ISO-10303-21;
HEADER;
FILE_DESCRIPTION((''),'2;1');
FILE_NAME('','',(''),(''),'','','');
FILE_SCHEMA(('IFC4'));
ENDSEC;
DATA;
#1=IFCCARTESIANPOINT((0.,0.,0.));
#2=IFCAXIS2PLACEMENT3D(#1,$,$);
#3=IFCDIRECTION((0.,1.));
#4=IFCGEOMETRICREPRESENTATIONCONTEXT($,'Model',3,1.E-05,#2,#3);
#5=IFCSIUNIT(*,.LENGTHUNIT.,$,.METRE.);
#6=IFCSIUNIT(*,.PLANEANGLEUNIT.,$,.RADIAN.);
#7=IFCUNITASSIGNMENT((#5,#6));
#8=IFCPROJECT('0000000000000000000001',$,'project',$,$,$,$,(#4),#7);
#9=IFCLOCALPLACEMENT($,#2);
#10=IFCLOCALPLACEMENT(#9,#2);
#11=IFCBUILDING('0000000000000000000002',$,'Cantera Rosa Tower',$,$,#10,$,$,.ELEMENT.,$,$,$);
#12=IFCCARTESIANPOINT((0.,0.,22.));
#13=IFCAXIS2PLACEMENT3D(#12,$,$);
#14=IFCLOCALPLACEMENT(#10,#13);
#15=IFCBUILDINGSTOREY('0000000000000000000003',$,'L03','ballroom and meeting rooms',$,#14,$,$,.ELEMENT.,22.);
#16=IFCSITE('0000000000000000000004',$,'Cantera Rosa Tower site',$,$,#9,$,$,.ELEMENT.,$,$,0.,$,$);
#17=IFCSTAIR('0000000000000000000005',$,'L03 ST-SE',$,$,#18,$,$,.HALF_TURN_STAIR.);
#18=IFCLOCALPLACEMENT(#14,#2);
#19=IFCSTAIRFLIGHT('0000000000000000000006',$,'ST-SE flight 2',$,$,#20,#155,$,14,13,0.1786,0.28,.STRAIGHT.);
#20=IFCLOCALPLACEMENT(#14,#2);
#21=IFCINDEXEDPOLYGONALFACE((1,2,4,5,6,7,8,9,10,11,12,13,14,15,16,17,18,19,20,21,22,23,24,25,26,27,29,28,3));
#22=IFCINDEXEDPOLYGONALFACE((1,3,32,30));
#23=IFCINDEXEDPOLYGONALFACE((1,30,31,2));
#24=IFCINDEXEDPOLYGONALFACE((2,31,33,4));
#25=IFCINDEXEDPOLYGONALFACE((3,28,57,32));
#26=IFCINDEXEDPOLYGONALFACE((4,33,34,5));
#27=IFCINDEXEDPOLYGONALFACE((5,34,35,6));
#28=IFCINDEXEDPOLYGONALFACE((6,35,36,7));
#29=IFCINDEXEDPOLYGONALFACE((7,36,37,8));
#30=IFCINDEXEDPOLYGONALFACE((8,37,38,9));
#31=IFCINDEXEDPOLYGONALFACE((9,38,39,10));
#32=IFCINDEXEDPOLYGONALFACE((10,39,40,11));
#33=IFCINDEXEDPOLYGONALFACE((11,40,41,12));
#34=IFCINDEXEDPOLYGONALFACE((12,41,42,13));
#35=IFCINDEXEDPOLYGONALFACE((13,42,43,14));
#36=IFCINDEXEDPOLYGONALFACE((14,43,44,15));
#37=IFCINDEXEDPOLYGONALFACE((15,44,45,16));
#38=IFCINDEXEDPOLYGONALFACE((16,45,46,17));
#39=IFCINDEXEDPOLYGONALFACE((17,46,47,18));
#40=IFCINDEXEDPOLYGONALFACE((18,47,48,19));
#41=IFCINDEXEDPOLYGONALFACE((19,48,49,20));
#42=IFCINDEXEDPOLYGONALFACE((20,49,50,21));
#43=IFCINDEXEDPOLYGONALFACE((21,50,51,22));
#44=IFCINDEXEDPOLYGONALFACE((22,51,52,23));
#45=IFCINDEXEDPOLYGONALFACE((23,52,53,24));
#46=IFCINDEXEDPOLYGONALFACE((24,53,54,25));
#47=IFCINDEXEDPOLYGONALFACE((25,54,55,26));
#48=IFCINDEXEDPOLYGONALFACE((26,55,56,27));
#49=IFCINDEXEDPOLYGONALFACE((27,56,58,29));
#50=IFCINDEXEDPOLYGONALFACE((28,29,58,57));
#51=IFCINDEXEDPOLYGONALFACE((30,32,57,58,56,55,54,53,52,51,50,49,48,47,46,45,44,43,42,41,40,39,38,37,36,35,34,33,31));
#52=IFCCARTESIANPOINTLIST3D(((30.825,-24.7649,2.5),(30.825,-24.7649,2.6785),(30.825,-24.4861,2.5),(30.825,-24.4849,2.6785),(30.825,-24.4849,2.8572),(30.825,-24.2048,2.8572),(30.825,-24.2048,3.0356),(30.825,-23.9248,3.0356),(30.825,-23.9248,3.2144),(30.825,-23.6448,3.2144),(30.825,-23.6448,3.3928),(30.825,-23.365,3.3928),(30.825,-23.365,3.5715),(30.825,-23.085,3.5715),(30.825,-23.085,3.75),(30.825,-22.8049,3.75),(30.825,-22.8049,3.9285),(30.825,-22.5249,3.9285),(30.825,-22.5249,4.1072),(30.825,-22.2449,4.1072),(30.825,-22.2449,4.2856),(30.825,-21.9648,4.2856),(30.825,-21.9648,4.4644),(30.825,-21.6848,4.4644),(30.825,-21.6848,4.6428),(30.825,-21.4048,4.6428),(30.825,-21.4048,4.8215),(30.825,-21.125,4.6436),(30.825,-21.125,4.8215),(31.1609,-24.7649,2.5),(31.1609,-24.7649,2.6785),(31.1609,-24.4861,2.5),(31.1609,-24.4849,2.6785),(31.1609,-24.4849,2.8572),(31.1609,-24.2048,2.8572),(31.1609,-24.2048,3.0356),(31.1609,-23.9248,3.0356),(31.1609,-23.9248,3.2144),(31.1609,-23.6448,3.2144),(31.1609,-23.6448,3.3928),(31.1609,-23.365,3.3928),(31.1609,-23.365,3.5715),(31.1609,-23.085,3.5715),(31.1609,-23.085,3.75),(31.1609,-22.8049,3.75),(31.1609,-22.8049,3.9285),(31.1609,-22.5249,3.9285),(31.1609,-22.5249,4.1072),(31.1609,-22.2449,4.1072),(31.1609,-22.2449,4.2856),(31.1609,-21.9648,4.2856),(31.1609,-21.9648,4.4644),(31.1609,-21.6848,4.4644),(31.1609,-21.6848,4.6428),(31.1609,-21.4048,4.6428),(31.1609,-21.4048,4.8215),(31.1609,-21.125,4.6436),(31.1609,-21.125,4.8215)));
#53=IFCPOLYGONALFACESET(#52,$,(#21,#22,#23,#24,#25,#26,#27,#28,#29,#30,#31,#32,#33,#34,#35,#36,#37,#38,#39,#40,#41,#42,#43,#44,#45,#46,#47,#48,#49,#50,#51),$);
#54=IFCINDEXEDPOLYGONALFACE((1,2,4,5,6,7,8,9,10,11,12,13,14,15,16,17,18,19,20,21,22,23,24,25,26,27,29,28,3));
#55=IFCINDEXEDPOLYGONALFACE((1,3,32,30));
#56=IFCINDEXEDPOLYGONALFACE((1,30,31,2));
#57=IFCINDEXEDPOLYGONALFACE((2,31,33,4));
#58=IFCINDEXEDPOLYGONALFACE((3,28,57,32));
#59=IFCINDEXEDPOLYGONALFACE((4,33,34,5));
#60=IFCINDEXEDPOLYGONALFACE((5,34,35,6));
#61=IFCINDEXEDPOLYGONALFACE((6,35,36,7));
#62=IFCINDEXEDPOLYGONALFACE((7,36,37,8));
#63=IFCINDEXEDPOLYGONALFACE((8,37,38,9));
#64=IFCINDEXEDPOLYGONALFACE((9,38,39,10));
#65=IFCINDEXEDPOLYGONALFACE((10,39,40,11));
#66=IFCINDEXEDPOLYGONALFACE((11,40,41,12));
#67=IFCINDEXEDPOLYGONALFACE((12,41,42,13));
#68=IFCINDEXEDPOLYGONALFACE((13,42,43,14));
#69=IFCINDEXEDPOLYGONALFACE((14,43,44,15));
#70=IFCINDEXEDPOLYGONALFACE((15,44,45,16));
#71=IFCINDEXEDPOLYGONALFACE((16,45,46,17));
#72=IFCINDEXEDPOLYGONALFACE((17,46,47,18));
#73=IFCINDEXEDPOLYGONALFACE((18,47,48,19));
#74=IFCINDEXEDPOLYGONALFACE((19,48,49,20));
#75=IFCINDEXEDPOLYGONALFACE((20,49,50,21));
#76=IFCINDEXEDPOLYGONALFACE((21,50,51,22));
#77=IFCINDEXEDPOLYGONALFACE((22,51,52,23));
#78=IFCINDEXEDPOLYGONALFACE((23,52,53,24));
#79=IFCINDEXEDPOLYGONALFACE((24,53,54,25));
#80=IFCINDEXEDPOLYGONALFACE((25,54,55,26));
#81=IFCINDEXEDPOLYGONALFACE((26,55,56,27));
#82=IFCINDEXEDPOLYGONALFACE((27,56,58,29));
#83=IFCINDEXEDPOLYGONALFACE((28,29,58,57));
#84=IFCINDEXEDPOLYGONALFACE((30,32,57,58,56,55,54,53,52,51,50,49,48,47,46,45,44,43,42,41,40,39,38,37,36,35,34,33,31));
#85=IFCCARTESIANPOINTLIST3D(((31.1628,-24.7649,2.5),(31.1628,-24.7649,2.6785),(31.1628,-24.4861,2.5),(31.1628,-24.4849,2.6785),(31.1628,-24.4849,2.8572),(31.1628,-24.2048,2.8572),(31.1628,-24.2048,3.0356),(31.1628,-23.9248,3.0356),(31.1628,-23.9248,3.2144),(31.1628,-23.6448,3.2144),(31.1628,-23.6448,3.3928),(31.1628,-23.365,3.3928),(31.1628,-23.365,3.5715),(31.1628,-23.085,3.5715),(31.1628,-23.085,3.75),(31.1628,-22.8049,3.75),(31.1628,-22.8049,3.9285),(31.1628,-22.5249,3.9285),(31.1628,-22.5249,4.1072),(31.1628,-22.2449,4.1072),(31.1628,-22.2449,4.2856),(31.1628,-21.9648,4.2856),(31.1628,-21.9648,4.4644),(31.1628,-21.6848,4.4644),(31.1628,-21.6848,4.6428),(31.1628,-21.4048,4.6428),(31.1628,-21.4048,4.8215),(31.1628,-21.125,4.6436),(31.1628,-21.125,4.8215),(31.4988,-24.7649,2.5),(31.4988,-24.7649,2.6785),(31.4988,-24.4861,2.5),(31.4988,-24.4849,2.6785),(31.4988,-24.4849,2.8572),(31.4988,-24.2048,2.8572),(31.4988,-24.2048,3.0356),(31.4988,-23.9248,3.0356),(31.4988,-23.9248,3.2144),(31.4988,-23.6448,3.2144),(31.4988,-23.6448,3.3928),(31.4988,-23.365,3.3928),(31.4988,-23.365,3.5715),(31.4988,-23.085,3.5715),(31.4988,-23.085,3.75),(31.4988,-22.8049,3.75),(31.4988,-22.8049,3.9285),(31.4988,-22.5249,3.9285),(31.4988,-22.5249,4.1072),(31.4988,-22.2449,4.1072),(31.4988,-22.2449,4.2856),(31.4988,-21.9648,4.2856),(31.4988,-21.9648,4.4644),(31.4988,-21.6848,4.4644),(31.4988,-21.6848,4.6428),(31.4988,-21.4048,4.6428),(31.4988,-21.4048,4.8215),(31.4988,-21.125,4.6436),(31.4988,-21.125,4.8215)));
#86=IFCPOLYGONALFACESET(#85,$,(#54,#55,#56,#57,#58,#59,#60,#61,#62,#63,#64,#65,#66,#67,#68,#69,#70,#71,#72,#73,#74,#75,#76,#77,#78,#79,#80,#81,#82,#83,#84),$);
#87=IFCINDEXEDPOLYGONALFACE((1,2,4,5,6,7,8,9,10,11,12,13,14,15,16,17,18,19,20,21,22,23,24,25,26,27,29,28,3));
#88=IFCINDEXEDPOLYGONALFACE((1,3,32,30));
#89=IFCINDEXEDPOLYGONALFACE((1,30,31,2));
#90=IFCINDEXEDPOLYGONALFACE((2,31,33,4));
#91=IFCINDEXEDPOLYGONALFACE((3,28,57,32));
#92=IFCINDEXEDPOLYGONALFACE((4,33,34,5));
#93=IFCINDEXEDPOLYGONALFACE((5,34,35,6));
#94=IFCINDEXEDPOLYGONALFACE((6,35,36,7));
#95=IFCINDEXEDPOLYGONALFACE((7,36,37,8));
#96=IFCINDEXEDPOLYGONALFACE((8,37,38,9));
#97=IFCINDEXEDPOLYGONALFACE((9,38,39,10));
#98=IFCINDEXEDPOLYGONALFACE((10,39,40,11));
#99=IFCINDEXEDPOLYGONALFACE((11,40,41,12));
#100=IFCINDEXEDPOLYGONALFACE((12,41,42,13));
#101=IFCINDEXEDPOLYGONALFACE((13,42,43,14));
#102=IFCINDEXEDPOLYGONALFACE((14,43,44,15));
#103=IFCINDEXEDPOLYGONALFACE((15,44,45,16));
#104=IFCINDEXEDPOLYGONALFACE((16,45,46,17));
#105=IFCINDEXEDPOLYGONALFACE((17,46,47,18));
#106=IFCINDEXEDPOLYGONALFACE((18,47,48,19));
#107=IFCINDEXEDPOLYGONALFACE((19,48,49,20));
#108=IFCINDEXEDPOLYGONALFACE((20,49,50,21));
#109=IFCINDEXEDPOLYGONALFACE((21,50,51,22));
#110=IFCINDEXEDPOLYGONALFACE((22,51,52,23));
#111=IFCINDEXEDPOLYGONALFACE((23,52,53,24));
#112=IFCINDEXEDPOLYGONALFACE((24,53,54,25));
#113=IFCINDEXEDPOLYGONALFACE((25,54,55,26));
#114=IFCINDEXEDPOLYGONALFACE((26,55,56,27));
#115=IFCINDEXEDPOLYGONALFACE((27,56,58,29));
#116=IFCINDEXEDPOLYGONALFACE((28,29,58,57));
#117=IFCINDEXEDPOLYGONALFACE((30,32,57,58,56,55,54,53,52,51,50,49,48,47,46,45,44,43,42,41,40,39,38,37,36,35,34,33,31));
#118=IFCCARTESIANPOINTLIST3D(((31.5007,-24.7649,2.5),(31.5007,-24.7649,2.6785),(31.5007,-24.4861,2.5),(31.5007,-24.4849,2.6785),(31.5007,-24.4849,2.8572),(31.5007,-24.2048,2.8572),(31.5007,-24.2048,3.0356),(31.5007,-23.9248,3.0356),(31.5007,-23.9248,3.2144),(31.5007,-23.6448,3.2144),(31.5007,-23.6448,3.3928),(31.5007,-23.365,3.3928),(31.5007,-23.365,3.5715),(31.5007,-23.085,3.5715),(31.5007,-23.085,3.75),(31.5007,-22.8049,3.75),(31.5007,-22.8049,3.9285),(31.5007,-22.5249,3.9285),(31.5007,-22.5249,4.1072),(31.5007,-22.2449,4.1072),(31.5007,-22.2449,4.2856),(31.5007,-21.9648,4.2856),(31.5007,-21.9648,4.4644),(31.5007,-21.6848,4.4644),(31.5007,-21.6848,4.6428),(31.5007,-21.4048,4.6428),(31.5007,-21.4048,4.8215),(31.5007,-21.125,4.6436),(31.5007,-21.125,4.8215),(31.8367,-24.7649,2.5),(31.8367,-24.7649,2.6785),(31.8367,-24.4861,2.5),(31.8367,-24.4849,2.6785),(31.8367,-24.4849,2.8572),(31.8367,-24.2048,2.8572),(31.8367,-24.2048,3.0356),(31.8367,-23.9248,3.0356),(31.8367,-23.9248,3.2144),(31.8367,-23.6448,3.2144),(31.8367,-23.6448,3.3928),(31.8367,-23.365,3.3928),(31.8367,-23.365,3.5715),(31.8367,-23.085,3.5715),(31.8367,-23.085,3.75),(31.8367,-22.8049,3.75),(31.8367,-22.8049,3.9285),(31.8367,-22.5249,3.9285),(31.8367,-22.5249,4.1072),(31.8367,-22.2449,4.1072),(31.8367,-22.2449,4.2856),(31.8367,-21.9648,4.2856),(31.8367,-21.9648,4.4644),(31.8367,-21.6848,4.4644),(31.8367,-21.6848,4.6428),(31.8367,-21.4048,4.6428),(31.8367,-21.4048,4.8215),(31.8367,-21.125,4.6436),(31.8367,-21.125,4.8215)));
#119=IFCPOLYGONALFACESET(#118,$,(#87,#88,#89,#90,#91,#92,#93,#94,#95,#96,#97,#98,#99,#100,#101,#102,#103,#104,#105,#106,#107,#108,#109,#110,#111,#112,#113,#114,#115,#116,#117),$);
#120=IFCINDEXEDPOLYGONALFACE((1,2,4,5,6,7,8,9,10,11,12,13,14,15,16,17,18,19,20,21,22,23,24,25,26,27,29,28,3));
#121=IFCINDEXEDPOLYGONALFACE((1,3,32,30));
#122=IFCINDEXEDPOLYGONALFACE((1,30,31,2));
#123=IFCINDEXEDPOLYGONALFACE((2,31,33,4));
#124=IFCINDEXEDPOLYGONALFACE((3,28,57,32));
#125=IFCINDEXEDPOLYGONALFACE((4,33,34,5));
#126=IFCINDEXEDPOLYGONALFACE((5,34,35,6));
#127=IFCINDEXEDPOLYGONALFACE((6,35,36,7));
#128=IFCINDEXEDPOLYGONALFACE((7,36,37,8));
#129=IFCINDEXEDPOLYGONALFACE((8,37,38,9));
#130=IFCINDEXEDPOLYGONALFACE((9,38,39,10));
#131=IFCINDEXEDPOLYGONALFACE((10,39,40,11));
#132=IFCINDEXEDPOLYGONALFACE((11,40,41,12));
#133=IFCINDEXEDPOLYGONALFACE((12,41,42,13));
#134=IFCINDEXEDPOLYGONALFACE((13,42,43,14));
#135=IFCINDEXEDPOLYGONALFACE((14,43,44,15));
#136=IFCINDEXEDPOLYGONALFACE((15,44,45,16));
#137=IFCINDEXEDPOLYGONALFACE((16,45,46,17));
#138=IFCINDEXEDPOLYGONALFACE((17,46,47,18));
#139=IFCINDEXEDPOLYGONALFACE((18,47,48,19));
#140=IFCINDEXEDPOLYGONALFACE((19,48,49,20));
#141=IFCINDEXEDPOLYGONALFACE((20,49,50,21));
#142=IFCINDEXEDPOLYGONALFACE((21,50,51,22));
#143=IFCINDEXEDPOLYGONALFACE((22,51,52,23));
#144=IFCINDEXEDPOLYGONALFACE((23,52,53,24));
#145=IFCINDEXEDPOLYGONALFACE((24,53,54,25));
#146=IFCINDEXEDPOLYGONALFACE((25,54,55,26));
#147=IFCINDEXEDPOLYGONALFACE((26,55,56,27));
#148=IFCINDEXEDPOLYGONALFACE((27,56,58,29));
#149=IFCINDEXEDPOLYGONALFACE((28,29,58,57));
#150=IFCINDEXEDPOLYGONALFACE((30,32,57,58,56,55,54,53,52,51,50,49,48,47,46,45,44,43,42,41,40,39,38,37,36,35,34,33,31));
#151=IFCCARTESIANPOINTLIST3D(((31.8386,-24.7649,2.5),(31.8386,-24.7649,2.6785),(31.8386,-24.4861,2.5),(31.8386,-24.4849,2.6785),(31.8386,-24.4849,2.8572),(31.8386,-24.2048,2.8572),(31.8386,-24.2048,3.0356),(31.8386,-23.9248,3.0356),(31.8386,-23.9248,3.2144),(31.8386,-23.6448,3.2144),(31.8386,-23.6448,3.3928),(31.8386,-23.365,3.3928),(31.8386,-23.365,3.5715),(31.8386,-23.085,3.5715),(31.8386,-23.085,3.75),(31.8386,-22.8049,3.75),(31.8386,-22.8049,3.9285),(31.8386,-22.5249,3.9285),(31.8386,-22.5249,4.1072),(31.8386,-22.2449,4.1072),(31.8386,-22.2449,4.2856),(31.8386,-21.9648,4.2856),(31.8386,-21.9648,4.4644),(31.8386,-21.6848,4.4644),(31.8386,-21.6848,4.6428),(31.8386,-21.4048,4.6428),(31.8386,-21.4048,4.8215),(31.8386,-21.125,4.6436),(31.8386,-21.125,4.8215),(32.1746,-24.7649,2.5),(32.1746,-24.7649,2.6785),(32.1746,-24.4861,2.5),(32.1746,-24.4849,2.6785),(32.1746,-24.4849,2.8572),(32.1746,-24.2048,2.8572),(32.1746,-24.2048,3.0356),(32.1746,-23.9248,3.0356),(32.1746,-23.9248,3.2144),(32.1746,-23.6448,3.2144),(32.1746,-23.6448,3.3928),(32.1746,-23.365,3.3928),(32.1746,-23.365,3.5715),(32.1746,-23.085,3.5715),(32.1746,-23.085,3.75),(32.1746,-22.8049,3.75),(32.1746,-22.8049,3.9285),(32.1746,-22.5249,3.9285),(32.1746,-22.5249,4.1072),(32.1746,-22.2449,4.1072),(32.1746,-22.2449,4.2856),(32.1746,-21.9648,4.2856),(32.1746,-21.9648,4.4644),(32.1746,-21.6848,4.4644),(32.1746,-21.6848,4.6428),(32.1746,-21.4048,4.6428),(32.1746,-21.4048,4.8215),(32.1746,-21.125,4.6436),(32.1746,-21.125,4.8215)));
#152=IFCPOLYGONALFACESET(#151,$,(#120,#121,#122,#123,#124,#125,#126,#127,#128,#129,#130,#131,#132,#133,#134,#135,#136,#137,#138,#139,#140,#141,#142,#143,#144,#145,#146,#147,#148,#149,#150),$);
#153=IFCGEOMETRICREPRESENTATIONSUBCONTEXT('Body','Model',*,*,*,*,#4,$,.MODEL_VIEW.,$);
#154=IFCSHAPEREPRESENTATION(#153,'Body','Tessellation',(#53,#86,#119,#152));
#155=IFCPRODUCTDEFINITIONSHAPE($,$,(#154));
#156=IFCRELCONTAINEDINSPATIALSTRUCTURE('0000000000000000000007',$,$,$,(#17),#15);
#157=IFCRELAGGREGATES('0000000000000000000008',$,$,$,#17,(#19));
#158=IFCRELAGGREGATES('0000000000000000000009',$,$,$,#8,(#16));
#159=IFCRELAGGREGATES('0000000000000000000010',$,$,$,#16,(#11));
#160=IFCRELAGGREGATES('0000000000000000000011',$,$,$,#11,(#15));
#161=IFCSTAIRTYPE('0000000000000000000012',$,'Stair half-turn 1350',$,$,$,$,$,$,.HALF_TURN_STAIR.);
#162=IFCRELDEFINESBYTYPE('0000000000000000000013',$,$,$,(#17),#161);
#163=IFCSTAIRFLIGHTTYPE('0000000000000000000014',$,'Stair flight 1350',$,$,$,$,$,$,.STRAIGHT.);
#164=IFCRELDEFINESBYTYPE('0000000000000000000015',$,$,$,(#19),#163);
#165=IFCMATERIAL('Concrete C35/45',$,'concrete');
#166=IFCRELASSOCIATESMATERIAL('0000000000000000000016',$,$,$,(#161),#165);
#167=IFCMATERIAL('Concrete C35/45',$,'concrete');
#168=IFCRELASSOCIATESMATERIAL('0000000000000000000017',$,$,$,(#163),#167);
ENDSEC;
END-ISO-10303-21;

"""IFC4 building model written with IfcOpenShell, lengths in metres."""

from ifc_helpers import new_model, si_unit, direction, frame, origin, place, context, subcontext, project, spatial, polyline, outline, extrude, material, type_object, element, aggregate, save


model = new_model("IFC4")

# Units and contexts
model_context = context("Model", 3, precision=1e-05, world=origin(), true_north=direction((0.0, 1.0)))
body_context = subcontext(model_context, "Body", "Model", "MODEL_VIEW")
ifc_project = project(units=[si_unit("LENGTHUNIT", "METRE"), si_unit("PLANEANGLEUNIT", "RADIAN")], contexts=[model_context])

# Site, building, storey
site_placement = place(None, origin())
site = spatial("IfcSite", under=ifc_project, at=site_placement, Name="Cantera Rosa Tower site", CompositionType="ELEMENT", RefElevation=0.0)
building_placement = place(site_placement, origin())
building = spatial("IfcBuilding", under=site, at=building_placement, Name="Cantera Rosa Tower", CompositionType="ELEMENT")
storey_placement = place(building_placement, frame((0.0, 0.0, 22.0)))
storey = spatial("IfcBuildingStorey", under=building, at=storey_placement, Name="L03", Description="ballroom and meeting rooms", CompositionType="ELEMENT", Elevation=22.0)

# Stair, stair flight
ifc_material_1 = material(Name="Concrete C35/45", Category="concrete")
stair_type = type_object("IfcStairType", Name="Stair half-turn 1350", PredefinedType="HALF_TURN_STAIR", material=ifc_material_1)
stair_placement = place(storey_placement, origin())
stair = element("IfcStair", 1, at=stair_placement, inside=storey, type_object=stair_type, Name="L03 ST-SE", PredefinedType="HALF_TURN_STAIR")
ifc_material_2 = material(Name="Concrete C35/45", Category="concrete")
stair_flight_type = type_object("IfcStairFlightType", Name="Stair flight 1350", PredefinedType="STRAIGHT", material=ifc_material_2)
stair_flight_1_placement = place(storey_placement, frame((31.5, -24.7649, 2.5), z_axis=(0.0, 0.0, 1.0), x_axis=(0.0, 1.0, 0.0)))
stair_flight_1 = element("IfcStairFlight", 2, at=stair_flight_1_placement, type_object=stair_flight_type, Name="ST-SE flight 2", NumberOfRisers=14, NumberOfTreads=13, PredefinedType="STRAIGHT", RiserHeight=0.1786, TreadLength=0.28, context=body_context, shape_type="SweptSolid", body=[
    extrude(outline(polyline([(0.0, 0.0), (0.0, 0.1785), (0.28, 0.1785), (0.28, 0.3572), (0.5601, 0.3572), (0.5601, 0.5356), (0.8401, 0.5356), (0.8401, 0.7144), (1.1201, 0.7144), (1.1201, 0.8928), (1.3999, 0.8928), (1.3999, 1.0715), (1.6799, 1.0715), (1.6799, 1.25), (1.96, 1.25), (1.96, 1.4285), (2.24, 1.4285), (2.24, 1.6072), (2.52, 1.6072), (2.52, 1.7856), (2.8, 1.7856), (2.8, 1.9644), (3.0801, 1.9644), (3.0801, 2.1428), (3.3601, 2.1428), (3.3601, 2.3215), (3.6399, 2.3215), (3.6399, 2.5), (3.6399, 2.1436), (0.2788, 0.0), (0.0, 0.0)])), frame((0.0, 0.675, 0.0), z_axis=(0.0, -1.0, 0.0), x_axis=(1.0, 0.0, 0.0)), (0.0, 0.0, 1.0), 0.3359),
    extrude(outline(polyline([(0.0, 0.0), (0.0, 0.1785), (0.28, 0.1785), (0.28, 0.3572), (0.5601, 0.3572), (0.5601, 0.5356), (0.8401, 0.5356), (0.8401, 0.7144), (1.1201, 0.7144), (1.1201, 0.8928), (1.3999, 0.8928), (1.3999, 1.0715), (1.6799, 1.0715), (1.6799, 1.25), (1.96, 1.25), (1.96, 1.4285), (2.24, 1.4285), (2.24, 1.6072), (2.52, 1.6072), (2.52, 1.7856), (2.8, 1.7856), (2.8, 1.9644), (3.0801, 1.9644), (3.0801, 2.1428), (3.3601, 2.1428), (3.3601, 2.3215), (3.6399, 2.3215), (3.6399, 2.5), (3.6399, 2.1436), (0.2788, 0.0), (0.0, 0.0)])), frame((0.0, 0.3372, 0.0), z_axis=(0.0, -1.0, 0.0), x_axis=(1.0, 0.0, 0.0)), (0.0, 0.0, 1.0), 0.3359),
    extrude(outline(polyline([(0.0, 0.0), (0.0, 0.1785), (0.28, 0.1785), (0.28, 0.3572), (0.5601, 0.3572), (0.5601, 0.5356), (0.8401, 0.5356), (0.8401, 0.7144), (1.1201, 0.7144), (1.1201, 0.8928), (1.3999, 0.8928), (1.3999, 1.0715), (1.6799, 1.0715), (1.6799, 1.25), (1.96, 1.25), (1.96, 1.4285), (2.24, 1.4285), (2.24, 1.6072), (2.52, 1.6072), (2.52, 1.7856), (2.8, 1.7856), (2.8, 1.9644), (3.0801, 1.9644), (3.0801, 2.1428), (3.3601, 2.1428), (3.3601, 2.3215), (3.6399, 2.3215), (3.6399, 2.5), (3.6399, 2.1436), (0.2788, 0.0), (0.0, 0.0)])), frame((0.0, -0.0007, 0.0), z_axis=(0.0, -1.0, 0.0), x_axis=(1.0, 0.0, 0.0)), (0.0, 0.0, 1.0), 0.3359),
    extrude(outline(polyline([(0.0, 0.0), (0.0, 0.1785), (0.28, 0.1785), (0.28, 0.3572), (0.5601, 0.3572), (0.5601, 0.5356), (0.8401, 0.5356), (0.8401, 0.7144), (1.1201, 0.7144), (1.1201, 0.8928), (1.3999, 0.8928), (1.3999, 1.0715), (1.6799, 1.0715), (1.6799, 1.25), (1.96, 1.25), (1.96, 1.4285), (2.24, 1.4285), (2.24, 1.6072), (2.52, 1.6072), (2.52, 1.7856), (2.8, 1.7856), (2.8, 1.9644), (3.0801, 1.9644), (3.0801, 2.1428), (3.3601, 2.1428), (3.3601, 2.3215), (3.6399, 2.3215), (3.6399, 2.5), (3.6399, 2.1436), (0.2788, 0.0), (0.0, 0.0)])), frame((0.0, -0.3386, 0.0), z_axis=(0.0, -1.0, 0.0), x_axis=(1.0, 0.0, 0.0)), (0.0, 0.0, 1.0), 0.3359),
])
aggregate(stair, [stair_flight_1])

save(model, "model.ifc")
